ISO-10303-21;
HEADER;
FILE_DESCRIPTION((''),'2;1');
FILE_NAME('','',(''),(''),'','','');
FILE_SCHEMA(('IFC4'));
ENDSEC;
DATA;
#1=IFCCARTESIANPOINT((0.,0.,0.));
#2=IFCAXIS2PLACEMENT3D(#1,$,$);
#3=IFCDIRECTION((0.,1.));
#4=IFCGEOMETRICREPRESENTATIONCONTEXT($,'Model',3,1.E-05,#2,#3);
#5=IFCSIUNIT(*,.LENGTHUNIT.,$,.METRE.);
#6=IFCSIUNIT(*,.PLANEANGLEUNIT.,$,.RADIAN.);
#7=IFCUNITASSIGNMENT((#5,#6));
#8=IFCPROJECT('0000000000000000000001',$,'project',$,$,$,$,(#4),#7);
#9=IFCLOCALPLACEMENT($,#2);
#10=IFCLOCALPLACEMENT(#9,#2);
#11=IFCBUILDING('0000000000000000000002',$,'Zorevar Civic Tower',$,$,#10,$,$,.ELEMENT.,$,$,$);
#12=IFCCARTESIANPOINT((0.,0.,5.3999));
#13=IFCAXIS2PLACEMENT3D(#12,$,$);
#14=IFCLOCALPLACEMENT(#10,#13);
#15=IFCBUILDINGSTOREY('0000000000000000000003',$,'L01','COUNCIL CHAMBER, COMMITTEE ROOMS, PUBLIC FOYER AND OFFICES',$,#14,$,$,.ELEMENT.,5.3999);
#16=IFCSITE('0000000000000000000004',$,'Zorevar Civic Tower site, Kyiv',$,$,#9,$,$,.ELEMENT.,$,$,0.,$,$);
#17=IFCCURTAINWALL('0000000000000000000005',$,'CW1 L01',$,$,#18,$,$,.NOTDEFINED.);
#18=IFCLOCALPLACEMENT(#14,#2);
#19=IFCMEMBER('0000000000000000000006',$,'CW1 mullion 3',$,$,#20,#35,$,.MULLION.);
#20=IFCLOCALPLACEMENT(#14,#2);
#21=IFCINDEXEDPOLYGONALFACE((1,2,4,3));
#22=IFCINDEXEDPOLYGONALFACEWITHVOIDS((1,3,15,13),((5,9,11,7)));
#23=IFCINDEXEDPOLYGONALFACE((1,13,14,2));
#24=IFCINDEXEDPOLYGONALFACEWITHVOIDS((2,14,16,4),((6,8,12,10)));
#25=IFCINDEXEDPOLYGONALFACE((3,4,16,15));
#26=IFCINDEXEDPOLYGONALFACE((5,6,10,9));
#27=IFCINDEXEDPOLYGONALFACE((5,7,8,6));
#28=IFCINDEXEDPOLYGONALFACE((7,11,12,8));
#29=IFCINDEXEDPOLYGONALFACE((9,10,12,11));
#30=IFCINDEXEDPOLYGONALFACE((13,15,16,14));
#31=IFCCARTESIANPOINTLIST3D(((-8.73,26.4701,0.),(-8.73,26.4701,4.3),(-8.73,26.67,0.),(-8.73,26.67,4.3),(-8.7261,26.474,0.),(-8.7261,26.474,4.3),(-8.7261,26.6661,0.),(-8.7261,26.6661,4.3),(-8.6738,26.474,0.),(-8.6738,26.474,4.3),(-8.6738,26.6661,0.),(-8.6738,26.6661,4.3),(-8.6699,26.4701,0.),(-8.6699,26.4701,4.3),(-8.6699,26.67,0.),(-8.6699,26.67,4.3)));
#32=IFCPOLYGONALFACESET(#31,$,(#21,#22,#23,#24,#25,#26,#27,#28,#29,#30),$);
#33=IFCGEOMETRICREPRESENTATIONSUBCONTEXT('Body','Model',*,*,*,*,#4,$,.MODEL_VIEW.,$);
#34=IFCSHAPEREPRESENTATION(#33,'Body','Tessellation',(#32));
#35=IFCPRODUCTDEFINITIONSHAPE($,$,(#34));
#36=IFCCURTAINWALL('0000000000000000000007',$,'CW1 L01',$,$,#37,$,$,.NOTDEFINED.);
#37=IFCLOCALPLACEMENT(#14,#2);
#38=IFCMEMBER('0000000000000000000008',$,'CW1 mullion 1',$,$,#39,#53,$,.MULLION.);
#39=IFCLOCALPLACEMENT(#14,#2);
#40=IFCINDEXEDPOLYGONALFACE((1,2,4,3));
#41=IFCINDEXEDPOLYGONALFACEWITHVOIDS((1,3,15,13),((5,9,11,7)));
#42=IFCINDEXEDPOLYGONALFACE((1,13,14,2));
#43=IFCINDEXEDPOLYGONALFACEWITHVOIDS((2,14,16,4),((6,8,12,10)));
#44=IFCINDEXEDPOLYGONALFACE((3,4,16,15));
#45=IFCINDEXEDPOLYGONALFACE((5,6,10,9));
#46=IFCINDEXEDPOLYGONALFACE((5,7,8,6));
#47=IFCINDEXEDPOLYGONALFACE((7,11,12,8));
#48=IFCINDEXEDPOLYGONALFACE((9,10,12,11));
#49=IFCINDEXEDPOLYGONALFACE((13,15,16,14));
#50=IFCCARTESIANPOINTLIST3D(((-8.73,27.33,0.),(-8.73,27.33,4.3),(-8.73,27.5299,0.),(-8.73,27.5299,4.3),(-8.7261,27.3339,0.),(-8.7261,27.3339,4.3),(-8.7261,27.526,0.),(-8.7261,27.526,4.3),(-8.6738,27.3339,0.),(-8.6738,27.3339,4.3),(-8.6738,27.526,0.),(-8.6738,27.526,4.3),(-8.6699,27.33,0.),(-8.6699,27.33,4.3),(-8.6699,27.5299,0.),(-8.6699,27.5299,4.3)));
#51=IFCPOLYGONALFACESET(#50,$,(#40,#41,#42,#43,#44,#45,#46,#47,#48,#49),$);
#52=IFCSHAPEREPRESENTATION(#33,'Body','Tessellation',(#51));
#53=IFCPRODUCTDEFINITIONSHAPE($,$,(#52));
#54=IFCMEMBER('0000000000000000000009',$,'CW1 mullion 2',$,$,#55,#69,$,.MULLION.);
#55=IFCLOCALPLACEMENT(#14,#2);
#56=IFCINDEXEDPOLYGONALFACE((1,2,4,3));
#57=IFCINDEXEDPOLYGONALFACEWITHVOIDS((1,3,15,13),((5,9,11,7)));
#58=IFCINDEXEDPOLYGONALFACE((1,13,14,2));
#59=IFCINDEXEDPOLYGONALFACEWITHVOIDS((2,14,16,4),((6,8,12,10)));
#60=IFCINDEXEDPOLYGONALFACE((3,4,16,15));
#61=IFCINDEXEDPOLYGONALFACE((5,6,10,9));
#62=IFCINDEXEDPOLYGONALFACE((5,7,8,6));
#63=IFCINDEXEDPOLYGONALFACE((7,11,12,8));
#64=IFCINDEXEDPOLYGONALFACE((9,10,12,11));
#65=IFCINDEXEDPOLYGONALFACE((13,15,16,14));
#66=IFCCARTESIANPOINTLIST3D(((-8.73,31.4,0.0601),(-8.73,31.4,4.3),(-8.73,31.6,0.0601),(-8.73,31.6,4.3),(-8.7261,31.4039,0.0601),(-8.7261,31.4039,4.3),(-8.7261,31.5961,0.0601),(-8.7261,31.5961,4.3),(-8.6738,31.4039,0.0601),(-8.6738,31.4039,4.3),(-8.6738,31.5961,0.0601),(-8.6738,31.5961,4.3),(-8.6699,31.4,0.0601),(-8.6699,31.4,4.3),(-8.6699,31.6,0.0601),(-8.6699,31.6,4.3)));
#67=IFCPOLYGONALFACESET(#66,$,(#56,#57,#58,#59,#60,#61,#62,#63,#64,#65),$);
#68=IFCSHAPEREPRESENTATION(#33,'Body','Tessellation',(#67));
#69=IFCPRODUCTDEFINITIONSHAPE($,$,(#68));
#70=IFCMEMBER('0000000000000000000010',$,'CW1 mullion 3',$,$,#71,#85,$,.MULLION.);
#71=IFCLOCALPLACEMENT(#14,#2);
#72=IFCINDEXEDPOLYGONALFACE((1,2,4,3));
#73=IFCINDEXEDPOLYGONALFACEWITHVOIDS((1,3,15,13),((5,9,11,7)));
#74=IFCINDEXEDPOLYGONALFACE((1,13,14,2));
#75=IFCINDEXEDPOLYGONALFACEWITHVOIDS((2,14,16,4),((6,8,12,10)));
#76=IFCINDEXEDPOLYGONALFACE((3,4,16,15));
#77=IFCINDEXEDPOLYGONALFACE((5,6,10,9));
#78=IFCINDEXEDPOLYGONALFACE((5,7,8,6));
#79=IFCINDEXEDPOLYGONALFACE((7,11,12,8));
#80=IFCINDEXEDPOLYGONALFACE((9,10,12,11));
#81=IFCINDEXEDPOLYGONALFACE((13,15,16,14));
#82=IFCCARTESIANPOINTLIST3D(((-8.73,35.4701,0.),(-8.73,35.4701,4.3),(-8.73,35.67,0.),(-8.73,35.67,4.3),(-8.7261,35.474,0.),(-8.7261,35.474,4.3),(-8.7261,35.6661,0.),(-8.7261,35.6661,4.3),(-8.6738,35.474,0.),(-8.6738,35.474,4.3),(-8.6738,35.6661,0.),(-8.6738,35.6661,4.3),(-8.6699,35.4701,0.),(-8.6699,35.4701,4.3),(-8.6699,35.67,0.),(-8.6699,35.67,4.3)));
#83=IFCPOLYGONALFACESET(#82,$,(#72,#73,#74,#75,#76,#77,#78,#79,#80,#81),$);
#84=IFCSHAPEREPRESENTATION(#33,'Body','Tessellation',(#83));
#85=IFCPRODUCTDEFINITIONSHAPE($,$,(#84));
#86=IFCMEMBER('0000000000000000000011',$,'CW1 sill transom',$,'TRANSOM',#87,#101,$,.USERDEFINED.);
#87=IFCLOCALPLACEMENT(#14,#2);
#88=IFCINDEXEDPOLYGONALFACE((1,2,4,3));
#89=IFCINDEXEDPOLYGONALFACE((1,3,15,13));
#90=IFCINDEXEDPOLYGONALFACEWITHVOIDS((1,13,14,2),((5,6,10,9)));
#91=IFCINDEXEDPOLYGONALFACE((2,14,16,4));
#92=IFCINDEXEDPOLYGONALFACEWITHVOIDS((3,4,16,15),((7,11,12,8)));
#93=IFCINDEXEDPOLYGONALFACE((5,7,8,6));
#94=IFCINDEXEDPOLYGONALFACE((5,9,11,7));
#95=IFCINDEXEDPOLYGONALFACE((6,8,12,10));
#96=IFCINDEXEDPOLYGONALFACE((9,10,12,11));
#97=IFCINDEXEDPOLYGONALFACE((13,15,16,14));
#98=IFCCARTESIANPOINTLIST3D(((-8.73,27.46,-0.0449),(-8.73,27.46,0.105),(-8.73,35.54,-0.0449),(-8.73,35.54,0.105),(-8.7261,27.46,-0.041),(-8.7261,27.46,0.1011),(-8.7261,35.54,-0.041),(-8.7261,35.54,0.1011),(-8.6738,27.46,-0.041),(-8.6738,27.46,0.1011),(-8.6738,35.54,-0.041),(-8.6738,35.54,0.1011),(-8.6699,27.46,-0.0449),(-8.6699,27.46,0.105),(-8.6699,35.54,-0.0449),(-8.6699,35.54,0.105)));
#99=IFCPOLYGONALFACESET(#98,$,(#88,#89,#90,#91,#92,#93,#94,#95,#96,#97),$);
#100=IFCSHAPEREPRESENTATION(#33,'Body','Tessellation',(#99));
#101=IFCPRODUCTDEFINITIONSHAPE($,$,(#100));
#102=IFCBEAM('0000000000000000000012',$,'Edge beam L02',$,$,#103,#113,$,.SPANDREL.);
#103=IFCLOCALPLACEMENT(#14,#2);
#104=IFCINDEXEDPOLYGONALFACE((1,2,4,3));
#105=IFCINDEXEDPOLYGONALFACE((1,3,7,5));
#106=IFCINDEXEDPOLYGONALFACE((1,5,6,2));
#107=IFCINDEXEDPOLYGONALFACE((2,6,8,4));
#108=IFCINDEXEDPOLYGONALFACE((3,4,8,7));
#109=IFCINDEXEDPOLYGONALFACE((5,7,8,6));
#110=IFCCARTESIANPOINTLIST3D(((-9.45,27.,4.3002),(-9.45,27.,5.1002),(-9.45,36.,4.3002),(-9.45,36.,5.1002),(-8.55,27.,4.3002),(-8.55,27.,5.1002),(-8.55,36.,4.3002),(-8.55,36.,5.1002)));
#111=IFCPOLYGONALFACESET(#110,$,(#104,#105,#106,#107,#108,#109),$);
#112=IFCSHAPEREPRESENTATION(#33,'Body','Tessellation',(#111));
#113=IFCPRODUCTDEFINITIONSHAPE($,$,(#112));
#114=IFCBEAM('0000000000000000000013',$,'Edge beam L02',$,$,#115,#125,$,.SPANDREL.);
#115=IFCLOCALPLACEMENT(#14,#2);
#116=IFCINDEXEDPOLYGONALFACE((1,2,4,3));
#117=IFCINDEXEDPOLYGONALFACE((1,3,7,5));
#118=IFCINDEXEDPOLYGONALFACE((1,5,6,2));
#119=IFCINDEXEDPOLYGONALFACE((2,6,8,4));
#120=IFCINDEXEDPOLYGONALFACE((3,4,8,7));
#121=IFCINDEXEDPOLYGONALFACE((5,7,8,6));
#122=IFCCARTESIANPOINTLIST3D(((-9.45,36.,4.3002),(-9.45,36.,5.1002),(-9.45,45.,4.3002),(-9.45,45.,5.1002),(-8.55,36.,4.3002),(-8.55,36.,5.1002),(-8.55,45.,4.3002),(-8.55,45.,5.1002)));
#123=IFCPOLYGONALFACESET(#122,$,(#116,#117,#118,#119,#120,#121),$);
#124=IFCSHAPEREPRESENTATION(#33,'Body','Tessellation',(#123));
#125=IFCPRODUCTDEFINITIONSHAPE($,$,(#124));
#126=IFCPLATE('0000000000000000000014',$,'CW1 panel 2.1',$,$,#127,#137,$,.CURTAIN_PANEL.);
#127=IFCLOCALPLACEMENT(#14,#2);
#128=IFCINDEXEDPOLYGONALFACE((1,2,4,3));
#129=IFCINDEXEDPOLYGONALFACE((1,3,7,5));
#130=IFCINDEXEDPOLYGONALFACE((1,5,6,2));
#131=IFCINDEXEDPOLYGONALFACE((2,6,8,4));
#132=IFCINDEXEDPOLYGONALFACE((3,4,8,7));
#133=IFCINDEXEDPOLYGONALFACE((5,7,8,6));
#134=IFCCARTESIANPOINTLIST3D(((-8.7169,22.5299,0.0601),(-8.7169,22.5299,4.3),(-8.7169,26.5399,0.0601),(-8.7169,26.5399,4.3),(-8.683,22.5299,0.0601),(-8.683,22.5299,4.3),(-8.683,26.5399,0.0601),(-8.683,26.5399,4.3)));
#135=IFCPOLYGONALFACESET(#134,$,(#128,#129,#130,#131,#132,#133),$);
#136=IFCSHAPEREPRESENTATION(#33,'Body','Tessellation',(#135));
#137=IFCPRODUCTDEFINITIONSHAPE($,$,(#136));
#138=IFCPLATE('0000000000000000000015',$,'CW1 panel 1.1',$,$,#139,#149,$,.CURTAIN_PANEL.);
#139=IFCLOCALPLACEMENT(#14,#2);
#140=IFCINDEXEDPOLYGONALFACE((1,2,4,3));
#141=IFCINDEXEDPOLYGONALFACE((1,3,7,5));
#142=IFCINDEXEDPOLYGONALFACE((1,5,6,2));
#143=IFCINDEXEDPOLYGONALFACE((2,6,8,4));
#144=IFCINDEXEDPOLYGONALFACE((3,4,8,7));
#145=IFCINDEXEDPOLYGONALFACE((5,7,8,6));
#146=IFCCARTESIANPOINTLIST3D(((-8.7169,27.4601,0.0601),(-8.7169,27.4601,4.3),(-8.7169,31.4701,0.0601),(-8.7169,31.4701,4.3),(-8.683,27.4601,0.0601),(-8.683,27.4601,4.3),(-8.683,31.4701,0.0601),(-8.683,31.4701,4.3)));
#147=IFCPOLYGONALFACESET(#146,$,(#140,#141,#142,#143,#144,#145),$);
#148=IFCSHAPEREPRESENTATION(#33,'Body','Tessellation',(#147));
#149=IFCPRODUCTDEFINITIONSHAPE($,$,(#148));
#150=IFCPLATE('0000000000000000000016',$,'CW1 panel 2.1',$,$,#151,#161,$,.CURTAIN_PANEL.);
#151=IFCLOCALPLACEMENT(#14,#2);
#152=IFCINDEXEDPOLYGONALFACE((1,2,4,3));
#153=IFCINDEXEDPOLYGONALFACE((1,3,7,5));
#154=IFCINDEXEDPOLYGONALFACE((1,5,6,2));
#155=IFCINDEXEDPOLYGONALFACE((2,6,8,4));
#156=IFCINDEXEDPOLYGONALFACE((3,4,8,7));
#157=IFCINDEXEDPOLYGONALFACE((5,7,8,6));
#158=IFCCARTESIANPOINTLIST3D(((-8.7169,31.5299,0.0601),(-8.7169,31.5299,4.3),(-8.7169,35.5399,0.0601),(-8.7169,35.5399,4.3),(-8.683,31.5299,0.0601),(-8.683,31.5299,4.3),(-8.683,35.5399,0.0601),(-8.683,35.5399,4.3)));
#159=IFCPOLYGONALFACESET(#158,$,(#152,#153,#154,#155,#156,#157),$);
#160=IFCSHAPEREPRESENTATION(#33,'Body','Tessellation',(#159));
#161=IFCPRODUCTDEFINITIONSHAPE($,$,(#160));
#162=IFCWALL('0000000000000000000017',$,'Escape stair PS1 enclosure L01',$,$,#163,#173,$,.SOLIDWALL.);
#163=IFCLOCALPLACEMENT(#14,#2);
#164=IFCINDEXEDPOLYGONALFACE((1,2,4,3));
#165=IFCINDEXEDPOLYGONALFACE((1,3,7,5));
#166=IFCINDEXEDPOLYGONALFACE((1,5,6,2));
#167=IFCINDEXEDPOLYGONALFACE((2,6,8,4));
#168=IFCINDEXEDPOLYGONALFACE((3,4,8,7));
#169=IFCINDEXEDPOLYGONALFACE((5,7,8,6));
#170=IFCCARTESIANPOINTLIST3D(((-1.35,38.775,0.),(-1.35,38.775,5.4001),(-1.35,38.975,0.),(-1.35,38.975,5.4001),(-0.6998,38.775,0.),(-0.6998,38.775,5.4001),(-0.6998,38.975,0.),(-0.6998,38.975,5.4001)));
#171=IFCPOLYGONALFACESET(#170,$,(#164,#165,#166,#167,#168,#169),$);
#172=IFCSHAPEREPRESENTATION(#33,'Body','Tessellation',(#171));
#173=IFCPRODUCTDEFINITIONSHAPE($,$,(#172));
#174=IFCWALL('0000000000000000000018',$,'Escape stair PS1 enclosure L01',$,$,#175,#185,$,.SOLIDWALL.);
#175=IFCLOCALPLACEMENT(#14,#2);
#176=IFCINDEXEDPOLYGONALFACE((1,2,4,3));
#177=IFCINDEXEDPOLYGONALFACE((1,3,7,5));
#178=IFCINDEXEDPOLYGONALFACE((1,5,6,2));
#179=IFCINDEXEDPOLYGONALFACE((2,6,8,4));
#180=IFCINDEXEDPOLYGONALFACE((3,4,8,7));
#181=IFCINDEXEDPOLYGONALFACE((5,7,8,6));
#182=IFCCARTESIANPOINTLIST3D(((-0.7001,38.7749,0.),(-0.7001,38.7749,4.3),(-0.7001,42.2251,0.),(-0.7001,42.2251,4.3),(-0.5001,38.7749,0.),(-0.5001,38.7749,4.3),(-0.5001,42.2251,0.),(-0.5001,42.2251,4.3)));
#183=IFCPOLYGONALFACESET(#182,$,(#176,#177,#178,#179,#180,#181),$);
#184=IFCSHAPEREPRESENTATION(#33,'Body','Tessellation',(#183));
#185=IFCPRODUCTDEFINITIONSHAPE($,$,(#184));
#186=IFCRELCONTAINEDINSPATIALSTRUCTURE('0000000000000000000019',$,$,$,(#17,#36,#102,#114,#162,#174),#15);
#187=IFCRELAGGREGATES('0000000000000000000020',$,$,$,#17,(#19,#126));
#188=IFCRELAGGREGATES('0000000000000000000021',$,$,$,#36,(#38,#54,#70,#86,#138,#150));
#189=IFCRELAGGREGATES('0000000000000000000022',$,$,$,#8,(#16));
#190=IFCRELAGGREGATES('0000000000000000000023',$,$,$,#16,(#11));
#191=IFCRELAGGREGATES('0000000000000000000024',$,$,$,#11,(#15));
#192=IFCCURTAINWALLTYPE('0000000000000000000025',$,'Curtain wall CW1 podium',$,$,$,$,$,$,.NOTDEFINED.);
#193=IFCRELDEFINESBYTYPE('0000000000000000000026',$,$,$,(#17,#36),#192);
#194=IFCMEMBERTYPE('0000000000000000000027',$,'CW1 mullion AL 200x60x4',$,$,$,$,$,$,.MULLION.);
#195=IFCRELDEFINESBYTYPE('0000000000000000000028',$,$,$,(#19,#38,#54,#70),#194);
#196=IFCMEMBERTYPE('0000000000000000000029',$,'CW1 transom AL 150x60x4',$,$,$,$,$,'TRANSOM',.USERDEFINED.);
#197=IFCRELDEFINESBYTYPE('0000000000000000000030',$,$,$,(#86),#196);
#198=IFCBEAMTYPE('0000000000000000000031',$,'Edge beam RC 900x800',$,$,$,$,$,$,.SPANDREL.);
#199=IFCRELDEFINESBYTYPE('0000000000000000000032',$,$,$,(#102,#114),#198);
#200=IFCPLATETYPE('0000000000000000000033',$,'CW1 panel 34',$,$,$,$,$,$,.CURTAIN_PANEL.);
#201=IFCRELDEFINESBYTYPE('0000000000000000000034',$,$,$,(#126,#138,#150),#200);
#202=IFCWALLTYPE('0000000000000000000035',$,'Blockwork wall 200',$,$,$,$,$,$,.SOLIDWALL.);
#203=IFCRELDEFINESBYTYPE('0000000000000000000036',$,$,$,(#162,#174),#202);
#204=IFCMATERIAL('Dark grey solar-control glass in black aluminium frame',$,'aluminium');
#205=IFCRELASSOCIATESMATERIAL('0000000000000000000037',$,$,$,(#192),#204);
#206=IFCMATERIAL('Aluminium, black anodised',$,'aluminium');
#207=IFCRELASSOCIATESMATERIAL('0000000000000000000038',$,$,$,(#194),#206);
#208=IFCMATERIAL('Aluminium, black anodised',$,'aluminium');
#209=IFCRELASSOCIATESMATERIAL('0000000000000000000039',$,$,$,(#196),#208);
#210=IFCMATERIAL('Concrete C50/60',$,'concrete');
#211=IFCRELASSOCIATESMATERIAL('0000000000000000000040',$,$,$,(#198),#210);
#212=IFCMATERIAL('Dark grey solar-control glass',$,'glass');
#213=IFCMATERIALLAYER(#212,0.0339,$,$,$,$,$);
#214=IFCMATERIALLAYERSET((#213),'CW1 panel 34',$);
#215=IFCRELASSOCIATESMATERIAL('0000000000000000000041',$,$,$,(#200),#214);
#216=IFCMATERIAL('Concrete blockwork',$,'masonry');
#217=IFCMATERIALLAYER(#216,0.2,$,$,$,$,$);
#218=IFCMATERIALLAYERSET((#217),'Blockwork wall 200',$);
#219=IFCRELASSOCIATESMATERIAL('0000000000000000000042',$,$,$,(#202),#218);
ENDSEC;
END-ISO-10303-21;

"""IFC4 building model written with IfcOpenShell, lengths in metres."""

from ifc_helpers import new_model, si_unit, direction, frame, frame_2d, origin, origin_2d, place, context, subcontext, project, spatial, rectangle, hollow_rectangle, extrude, material, layer, layer_set, material_profile, profile_set, type_object, element, aggregate, save


model = new_model("IFC4")

# Units and contexts
model_context = context("Model", 3, precision=1e-05, world=origin(), true_north=direction((0.0, 1.0)))
body_context = subcontext(model_context, "Body", "Model", "MODEL_VIEW")
ifc_project = project(units=[si_unit("LENGTHUNIT", "METRE"), si_unit("PLANEANGLEUNIT", "RADIAN")], contexts=[model_context])

# Site, building, storey
site_placement = place(None, origin())
site = spatial("IfcSite", under=ifc_project, at=site_placement, Name="Zorevar Civic Tower site, Kyiv", CompositionType="ELEMENT", RefElevation=0.0)
building_placement = place(site_placement, origin())
building = spatial("IfcBuilding", under=site, at=building_placement, Name="Zorevar Civic Tower", CompositionType="ELEMENT")
storey_placement = place(building_placement, frame((0.0, 0.0, 5.3999)))
storey = spatial("IfcBuildingStorey", under=building, at=storey_placement, Name="L01", Description="COUNCIL CHAMBER, COMMITTEE ROOMS, PUBLIC FOYER AND OFFICES", CompositionType="ELEMENT", Elevation=5.3999)

# Curtain walls, members
ifc_material_1 = material(Name="Dark grey solar-control glass in black aluminium frame", Category="aluminium")
curtain_wall_type = type_object("IfcCurtainWallType", Name="Curtain wall CW1 podium", PredefinedType="NOTDEFINED", material=ifc_material_1)
curtain_wall_1_placement = place(storey_placement, origin())
curtain_wall_1 = element("IfcCurtainWall", 1, at=curtain_wall_1_placement, inside=storey, type_object=curtain_wall_type, Name="CW1 L01", PredefinedType="NOTDEFINED")
ifc_material_2 = material(Name="Aluminium, black anodised", Category="aluminium")
ifc_material_profile_1 = material_profile(ifc_material_2, hollow_rectangle(XDim=0.0601, YDim=0.2, WallThickness=0.0039, at=origin_2d()), Name="AL 200x60x4")
ifc_profile_set_1 = profile_set([ifc_material_profile_1], Name="Aluminium, black anodised")
member_type_1 = type_object("IfcMemberType", Name="CW1 mullion AL 200x60x4", PredefinedType="MULLION", material=ifc_profile_set_1)
member_1_placement = place(storey_placement, frame((-8.7, 26.5701, 0.0), z_axis=(0.0, 0.0, 1.0), x_axis=(-1.0, 0.0, 0.0)))
member_1 = element("IfcMember", 2, at=member_1_placement, type_object=member_type_1, Name="CW1 mullion 3", PredefinedType="MULLION", context=body_context, shape_type="SweptSolid", body=[
    extrude(hollow_rectangle(XDim=0.0601, YDim=0.2, WallThickness=0.0039, at=origin_2d()), origin(), (0.0, 0.0, 1.0), 4.3),
])
curtain_wall_2_placement = place(storey_placement, origin())
curtain_wall_2 = element("IfcCurtainWall", 3, at=curtain_wall_2_placement, inside=storey, type_object=curtain_wall_type, Name="CW1 L01", PredefinedType="NOTDEFINED")
member_2_placement = place(storey_placement, frame((-8.7, 27.4299, 0.0), z_axis=(0.0, 0.0, 1.0), x_axis=(-1.0, 0.0, 0.0)))
member_2 = element("IfcMember", 4, at=member_2_placement, type_object=member_type_1, Name="CW1 mullion 1", PredefinedType="MULLION", context=body_context, shape_type="SweptSolid", body=[
    extrude(hollow_rectangle(XDim=0.0601, YDim=0.2, WallThickness=0.0039, at=origin_2d()), origin(), (0.0, 0.0, 1.0), 4.3),
])
member_3_placement = place(storey_placement, frame((-8.7, 31.5, 0.0601), z_axis=(0.0, 0.0, 1.0), x_axis=(-1.0, 0.0, 0.0)))
member_3 = element("IfcMember", 5, at=member_3_placement, type_object=member_type_1, Name="CW1 mullion 2", PredefinedType="MULLION", context=body_context, shape_type="SweptSolid", body=[
    extrude(hollow_rectangle(XDim=0.0601, YDim=0.2, WallThickness=0.0039, at=origin_2d()), origin(), (0.0, 0.0, 1.0), 4.24),
])
member_4_placement = place(storey_placement, frame((-8.7, 35.5701, 0.0), z_axis=(0.0, 0.0, 1.0), x_axis=(-1.0, 0.0, 0.0)))
member_4 = element("IfcMember", 6, at=member_4_placement, type_object=member_type_1, Name="CW1 mullion 3", PredefinedType="MULLION", context=body_context, shape_type="SweptSolid", body=[
    extrude(hollow_rectangle(XDim=0.0601, YDim=0.2, WallThickness=0.0039, at=origin_2d()), origin(), (0.0, 0.0, 1.0), 4.3),
])
ifc_material_3 = material(Name="Aluminium, black anodised", Category="aluminium")
ifc_material_profile_2 = material_profile(ifc_material_3, hollow_rectangle(XDim=0.0601, YDim=0.1499, WallThickness=0.0039, at=origin_2d()), Name="AL 150x60x4")
ifc_profile_set_2 = profile_set([ifc_material_profile_2], Name="Aluminium, black anodised")
member_type_2 = type_object("IfcMemberType", Name="CW1 transom AL 150x60x4", ElementType="TRANSOM", PredefinedType="USERDEFINED", material=ifc_profile_set_2)
member_5_placement = place(storey_placement, frame((-8.7, 27.46, 0.03), z_axis=(0.0, 1.0, 0.0), x_axis=(-1.0, 0.0, 0.0)))
member_5 = element("IfcMember", 7, at=member_5_placement, type_object=member_type_2, Name="CW1 sill transom", ObjectType="TRANSOM", PredefinedType="USERDEFINED", context=body_context, shape_type="SweptSolid", body=[
    extrude(hollow_rectangle(XDim=0.0601, YDim=0.1499, WallThickness=0.0039, at=origin_2d()), origin(), (0.0, 0.0, 1.0), 8.0801),
])

# Beams
ifc_material_4 = material(Name="Concrete C50/60", Category="concrete")
ifc_material_profile_3 = material_profile(ifc_material_4, rectangle(XDim=0.8999, YDim=0.8, at=origin_2d()), Name="RC 900x800")
ifc_profile_set_3 = profile_set([ifc_material_profile_3], Name="Concrete C50/60")
beam_type_1 = type_object("IfcBeamType", Name="Edge beam RC 900x800", PredefinedType="SPANDREL", material=ifc_profile_set_3)
for number, where, z_axis, x_axis, name in (
    (8, (-9.0, 27.0, 4.7002), (0.0, 1.0, 0.0), (-1.0, 0.0, 0.0), "Edge beam L02"),
    (9, (-9.0, 36.0, 4.7002), (0.0, 1.0, 0.0), (-1.0, 0.0, 0.0), "Edge beam L02"),
):
    element("IfcBeam", number, at=place(storey_placement, frame(where, z_axis=z_axis, x_axis=x_axis)), inside=storey, type_object=beam_type_1, Name=name, PredefinedType="SPANDREL", context=body_context, shape_type="SweptSolid", body=[
        extrude(rectangle(XDim=0.8999, YDim=0.8, at=origin_2d()), origin(), (0.0, 0.0, 1.0), 9.0),
    ])

# Plates
ifc_material_5 = material(Name="Dark grey solar-control glass", Category="glass")
ifc_layer_1 = layer(ifc_material_5, 0.0339)
ifc_layer_set_1 = layer_set([ifc_layer_1], Name="CW1 panel 34")
plate_type = type_object("IfcPlateType", Name="CW1 panel 34", PredefinedType="CURTAIN_PANEL", material=ifc_layer_set_1)
plate_1_placement = place(storey_placement, frame((-8.7, 24.5349, 0.0601), z_axis=(0.0, 0.0, 1.0), x_axis=(0.0, 1.0, 0.0)))
plate_1 = element("IfcPlate", 10, at=plate_1_placement, type_object=plate_type, Name="CW1 panel 2.1", PredefinedType="CURTAIN_PANEL", context=body_context, shape_type="SweptSolid", body=[
    extrude(rectangle(XDim=4.01, YDim=0.0339, at=origin_2d()), origin(), (0.0, 0.0, 1.0), 4.24),
])
aggregate(curtain_wall_1, [member_1, plate_1])
plate_2_placement = place(storey_placement, frame((-8.7, 29.4651, 0.0601), z_axis=(0.0, 0.0, 1.0), x_axis=(0.0, 1.0, 0.0)))
plate_2 = element("IfcPlate", 11, at=plate_2_placement, type_object=plate_type, Name="CW1 panel 1.1", PredefinedType="CURTAIN_PANEL", context=body_context, shape_type="SweptSolid", body=[
    extrude(rectangle(XDim=4.01, YDim=0.0339, at=origin_2d()), origin(), (0.0, 0.0, 1.0), 4.24),
])
plate_3_placement = place(storey_placement, frame((-8.7, 33.5349, 0.0601), z_axis=(0.0, 0.0, 1.0), x_axis=(0.0, 1.0, 0.0)))
plate_3 = element("IfcPlate", 12, at=plate_3_placement, type_object=plate_type, Name="CW1 panel 2.1", PredefinedType="CURTAIN_PANEL", context=body_context, shape_type="SweptSolid", body=[
    extrude(rectangle(XDim=4.01, YDim=0.0339, at=origin_2d()), origin(), (0.0, 0.0, 1.0), 4.24),
])
aggregate(curtain_wall_2, [member_2, member_3, member_4, member_5, plate_2, plate_3])

# Walls
ifc_material_6 = material(Name="Concrete blockwork", Category="masonry")
ifc_layer_2 = layer(ifc_material_6, 0.2)
ifc_layer_set_2 = layer_set([ifc_layer_2], Name="Blockwork wall 200")
wall_type_1 = type_object("IfcWallType", Name="Blockwork wall 200", PredefinedType="SOLIDWALL", material=ifc_layer_set_2)
wall_1_placement = place(storey_placement, frame((-1.3501, 38.875, 0.0), z_axis=(0.0, 0.0, 1.0), x_axis=(1.0, 0.0, 0.0)))
element("IfcWall", 13, at=wall_1_placement, inside=storey, type_object=wall_type_1, Name="Escape stair PS1 enclosure L01", PredefinedType="SOLIDWALL", context=body_context, shape_type="SweptSolid", body=[
    extrude(rectangle(XDim=0.6501, YDim=0.2, at=frame_2d((0.3252, 0.0))), origin(), (0.0, 0.0, 1.0), 5.4001),
])
wall_2_placement = place(storey_placement, frame((-0.6001, 38.7749, 0.0), z_axis=(0.0, 0.0, 1.0), x_axis=(0.0, 1.0, 0.0)))
element("IfcWall", 14, at=wall_2_placement, inside=storey, type_object=wall_type_1, Name="Escape stair PS1 enclosure L01", PredefinedType="SOLIDWALL", context=body_context, shape_type="SweptSolid", body=[
    extrude(rectangle(XDim=3.4502, YDim=0.2, at=frame_2d((1.7251, 0.0))), origin(), (0.0, 0.0, 1.0), 4.3),
])

save(model, "model.ifc")
